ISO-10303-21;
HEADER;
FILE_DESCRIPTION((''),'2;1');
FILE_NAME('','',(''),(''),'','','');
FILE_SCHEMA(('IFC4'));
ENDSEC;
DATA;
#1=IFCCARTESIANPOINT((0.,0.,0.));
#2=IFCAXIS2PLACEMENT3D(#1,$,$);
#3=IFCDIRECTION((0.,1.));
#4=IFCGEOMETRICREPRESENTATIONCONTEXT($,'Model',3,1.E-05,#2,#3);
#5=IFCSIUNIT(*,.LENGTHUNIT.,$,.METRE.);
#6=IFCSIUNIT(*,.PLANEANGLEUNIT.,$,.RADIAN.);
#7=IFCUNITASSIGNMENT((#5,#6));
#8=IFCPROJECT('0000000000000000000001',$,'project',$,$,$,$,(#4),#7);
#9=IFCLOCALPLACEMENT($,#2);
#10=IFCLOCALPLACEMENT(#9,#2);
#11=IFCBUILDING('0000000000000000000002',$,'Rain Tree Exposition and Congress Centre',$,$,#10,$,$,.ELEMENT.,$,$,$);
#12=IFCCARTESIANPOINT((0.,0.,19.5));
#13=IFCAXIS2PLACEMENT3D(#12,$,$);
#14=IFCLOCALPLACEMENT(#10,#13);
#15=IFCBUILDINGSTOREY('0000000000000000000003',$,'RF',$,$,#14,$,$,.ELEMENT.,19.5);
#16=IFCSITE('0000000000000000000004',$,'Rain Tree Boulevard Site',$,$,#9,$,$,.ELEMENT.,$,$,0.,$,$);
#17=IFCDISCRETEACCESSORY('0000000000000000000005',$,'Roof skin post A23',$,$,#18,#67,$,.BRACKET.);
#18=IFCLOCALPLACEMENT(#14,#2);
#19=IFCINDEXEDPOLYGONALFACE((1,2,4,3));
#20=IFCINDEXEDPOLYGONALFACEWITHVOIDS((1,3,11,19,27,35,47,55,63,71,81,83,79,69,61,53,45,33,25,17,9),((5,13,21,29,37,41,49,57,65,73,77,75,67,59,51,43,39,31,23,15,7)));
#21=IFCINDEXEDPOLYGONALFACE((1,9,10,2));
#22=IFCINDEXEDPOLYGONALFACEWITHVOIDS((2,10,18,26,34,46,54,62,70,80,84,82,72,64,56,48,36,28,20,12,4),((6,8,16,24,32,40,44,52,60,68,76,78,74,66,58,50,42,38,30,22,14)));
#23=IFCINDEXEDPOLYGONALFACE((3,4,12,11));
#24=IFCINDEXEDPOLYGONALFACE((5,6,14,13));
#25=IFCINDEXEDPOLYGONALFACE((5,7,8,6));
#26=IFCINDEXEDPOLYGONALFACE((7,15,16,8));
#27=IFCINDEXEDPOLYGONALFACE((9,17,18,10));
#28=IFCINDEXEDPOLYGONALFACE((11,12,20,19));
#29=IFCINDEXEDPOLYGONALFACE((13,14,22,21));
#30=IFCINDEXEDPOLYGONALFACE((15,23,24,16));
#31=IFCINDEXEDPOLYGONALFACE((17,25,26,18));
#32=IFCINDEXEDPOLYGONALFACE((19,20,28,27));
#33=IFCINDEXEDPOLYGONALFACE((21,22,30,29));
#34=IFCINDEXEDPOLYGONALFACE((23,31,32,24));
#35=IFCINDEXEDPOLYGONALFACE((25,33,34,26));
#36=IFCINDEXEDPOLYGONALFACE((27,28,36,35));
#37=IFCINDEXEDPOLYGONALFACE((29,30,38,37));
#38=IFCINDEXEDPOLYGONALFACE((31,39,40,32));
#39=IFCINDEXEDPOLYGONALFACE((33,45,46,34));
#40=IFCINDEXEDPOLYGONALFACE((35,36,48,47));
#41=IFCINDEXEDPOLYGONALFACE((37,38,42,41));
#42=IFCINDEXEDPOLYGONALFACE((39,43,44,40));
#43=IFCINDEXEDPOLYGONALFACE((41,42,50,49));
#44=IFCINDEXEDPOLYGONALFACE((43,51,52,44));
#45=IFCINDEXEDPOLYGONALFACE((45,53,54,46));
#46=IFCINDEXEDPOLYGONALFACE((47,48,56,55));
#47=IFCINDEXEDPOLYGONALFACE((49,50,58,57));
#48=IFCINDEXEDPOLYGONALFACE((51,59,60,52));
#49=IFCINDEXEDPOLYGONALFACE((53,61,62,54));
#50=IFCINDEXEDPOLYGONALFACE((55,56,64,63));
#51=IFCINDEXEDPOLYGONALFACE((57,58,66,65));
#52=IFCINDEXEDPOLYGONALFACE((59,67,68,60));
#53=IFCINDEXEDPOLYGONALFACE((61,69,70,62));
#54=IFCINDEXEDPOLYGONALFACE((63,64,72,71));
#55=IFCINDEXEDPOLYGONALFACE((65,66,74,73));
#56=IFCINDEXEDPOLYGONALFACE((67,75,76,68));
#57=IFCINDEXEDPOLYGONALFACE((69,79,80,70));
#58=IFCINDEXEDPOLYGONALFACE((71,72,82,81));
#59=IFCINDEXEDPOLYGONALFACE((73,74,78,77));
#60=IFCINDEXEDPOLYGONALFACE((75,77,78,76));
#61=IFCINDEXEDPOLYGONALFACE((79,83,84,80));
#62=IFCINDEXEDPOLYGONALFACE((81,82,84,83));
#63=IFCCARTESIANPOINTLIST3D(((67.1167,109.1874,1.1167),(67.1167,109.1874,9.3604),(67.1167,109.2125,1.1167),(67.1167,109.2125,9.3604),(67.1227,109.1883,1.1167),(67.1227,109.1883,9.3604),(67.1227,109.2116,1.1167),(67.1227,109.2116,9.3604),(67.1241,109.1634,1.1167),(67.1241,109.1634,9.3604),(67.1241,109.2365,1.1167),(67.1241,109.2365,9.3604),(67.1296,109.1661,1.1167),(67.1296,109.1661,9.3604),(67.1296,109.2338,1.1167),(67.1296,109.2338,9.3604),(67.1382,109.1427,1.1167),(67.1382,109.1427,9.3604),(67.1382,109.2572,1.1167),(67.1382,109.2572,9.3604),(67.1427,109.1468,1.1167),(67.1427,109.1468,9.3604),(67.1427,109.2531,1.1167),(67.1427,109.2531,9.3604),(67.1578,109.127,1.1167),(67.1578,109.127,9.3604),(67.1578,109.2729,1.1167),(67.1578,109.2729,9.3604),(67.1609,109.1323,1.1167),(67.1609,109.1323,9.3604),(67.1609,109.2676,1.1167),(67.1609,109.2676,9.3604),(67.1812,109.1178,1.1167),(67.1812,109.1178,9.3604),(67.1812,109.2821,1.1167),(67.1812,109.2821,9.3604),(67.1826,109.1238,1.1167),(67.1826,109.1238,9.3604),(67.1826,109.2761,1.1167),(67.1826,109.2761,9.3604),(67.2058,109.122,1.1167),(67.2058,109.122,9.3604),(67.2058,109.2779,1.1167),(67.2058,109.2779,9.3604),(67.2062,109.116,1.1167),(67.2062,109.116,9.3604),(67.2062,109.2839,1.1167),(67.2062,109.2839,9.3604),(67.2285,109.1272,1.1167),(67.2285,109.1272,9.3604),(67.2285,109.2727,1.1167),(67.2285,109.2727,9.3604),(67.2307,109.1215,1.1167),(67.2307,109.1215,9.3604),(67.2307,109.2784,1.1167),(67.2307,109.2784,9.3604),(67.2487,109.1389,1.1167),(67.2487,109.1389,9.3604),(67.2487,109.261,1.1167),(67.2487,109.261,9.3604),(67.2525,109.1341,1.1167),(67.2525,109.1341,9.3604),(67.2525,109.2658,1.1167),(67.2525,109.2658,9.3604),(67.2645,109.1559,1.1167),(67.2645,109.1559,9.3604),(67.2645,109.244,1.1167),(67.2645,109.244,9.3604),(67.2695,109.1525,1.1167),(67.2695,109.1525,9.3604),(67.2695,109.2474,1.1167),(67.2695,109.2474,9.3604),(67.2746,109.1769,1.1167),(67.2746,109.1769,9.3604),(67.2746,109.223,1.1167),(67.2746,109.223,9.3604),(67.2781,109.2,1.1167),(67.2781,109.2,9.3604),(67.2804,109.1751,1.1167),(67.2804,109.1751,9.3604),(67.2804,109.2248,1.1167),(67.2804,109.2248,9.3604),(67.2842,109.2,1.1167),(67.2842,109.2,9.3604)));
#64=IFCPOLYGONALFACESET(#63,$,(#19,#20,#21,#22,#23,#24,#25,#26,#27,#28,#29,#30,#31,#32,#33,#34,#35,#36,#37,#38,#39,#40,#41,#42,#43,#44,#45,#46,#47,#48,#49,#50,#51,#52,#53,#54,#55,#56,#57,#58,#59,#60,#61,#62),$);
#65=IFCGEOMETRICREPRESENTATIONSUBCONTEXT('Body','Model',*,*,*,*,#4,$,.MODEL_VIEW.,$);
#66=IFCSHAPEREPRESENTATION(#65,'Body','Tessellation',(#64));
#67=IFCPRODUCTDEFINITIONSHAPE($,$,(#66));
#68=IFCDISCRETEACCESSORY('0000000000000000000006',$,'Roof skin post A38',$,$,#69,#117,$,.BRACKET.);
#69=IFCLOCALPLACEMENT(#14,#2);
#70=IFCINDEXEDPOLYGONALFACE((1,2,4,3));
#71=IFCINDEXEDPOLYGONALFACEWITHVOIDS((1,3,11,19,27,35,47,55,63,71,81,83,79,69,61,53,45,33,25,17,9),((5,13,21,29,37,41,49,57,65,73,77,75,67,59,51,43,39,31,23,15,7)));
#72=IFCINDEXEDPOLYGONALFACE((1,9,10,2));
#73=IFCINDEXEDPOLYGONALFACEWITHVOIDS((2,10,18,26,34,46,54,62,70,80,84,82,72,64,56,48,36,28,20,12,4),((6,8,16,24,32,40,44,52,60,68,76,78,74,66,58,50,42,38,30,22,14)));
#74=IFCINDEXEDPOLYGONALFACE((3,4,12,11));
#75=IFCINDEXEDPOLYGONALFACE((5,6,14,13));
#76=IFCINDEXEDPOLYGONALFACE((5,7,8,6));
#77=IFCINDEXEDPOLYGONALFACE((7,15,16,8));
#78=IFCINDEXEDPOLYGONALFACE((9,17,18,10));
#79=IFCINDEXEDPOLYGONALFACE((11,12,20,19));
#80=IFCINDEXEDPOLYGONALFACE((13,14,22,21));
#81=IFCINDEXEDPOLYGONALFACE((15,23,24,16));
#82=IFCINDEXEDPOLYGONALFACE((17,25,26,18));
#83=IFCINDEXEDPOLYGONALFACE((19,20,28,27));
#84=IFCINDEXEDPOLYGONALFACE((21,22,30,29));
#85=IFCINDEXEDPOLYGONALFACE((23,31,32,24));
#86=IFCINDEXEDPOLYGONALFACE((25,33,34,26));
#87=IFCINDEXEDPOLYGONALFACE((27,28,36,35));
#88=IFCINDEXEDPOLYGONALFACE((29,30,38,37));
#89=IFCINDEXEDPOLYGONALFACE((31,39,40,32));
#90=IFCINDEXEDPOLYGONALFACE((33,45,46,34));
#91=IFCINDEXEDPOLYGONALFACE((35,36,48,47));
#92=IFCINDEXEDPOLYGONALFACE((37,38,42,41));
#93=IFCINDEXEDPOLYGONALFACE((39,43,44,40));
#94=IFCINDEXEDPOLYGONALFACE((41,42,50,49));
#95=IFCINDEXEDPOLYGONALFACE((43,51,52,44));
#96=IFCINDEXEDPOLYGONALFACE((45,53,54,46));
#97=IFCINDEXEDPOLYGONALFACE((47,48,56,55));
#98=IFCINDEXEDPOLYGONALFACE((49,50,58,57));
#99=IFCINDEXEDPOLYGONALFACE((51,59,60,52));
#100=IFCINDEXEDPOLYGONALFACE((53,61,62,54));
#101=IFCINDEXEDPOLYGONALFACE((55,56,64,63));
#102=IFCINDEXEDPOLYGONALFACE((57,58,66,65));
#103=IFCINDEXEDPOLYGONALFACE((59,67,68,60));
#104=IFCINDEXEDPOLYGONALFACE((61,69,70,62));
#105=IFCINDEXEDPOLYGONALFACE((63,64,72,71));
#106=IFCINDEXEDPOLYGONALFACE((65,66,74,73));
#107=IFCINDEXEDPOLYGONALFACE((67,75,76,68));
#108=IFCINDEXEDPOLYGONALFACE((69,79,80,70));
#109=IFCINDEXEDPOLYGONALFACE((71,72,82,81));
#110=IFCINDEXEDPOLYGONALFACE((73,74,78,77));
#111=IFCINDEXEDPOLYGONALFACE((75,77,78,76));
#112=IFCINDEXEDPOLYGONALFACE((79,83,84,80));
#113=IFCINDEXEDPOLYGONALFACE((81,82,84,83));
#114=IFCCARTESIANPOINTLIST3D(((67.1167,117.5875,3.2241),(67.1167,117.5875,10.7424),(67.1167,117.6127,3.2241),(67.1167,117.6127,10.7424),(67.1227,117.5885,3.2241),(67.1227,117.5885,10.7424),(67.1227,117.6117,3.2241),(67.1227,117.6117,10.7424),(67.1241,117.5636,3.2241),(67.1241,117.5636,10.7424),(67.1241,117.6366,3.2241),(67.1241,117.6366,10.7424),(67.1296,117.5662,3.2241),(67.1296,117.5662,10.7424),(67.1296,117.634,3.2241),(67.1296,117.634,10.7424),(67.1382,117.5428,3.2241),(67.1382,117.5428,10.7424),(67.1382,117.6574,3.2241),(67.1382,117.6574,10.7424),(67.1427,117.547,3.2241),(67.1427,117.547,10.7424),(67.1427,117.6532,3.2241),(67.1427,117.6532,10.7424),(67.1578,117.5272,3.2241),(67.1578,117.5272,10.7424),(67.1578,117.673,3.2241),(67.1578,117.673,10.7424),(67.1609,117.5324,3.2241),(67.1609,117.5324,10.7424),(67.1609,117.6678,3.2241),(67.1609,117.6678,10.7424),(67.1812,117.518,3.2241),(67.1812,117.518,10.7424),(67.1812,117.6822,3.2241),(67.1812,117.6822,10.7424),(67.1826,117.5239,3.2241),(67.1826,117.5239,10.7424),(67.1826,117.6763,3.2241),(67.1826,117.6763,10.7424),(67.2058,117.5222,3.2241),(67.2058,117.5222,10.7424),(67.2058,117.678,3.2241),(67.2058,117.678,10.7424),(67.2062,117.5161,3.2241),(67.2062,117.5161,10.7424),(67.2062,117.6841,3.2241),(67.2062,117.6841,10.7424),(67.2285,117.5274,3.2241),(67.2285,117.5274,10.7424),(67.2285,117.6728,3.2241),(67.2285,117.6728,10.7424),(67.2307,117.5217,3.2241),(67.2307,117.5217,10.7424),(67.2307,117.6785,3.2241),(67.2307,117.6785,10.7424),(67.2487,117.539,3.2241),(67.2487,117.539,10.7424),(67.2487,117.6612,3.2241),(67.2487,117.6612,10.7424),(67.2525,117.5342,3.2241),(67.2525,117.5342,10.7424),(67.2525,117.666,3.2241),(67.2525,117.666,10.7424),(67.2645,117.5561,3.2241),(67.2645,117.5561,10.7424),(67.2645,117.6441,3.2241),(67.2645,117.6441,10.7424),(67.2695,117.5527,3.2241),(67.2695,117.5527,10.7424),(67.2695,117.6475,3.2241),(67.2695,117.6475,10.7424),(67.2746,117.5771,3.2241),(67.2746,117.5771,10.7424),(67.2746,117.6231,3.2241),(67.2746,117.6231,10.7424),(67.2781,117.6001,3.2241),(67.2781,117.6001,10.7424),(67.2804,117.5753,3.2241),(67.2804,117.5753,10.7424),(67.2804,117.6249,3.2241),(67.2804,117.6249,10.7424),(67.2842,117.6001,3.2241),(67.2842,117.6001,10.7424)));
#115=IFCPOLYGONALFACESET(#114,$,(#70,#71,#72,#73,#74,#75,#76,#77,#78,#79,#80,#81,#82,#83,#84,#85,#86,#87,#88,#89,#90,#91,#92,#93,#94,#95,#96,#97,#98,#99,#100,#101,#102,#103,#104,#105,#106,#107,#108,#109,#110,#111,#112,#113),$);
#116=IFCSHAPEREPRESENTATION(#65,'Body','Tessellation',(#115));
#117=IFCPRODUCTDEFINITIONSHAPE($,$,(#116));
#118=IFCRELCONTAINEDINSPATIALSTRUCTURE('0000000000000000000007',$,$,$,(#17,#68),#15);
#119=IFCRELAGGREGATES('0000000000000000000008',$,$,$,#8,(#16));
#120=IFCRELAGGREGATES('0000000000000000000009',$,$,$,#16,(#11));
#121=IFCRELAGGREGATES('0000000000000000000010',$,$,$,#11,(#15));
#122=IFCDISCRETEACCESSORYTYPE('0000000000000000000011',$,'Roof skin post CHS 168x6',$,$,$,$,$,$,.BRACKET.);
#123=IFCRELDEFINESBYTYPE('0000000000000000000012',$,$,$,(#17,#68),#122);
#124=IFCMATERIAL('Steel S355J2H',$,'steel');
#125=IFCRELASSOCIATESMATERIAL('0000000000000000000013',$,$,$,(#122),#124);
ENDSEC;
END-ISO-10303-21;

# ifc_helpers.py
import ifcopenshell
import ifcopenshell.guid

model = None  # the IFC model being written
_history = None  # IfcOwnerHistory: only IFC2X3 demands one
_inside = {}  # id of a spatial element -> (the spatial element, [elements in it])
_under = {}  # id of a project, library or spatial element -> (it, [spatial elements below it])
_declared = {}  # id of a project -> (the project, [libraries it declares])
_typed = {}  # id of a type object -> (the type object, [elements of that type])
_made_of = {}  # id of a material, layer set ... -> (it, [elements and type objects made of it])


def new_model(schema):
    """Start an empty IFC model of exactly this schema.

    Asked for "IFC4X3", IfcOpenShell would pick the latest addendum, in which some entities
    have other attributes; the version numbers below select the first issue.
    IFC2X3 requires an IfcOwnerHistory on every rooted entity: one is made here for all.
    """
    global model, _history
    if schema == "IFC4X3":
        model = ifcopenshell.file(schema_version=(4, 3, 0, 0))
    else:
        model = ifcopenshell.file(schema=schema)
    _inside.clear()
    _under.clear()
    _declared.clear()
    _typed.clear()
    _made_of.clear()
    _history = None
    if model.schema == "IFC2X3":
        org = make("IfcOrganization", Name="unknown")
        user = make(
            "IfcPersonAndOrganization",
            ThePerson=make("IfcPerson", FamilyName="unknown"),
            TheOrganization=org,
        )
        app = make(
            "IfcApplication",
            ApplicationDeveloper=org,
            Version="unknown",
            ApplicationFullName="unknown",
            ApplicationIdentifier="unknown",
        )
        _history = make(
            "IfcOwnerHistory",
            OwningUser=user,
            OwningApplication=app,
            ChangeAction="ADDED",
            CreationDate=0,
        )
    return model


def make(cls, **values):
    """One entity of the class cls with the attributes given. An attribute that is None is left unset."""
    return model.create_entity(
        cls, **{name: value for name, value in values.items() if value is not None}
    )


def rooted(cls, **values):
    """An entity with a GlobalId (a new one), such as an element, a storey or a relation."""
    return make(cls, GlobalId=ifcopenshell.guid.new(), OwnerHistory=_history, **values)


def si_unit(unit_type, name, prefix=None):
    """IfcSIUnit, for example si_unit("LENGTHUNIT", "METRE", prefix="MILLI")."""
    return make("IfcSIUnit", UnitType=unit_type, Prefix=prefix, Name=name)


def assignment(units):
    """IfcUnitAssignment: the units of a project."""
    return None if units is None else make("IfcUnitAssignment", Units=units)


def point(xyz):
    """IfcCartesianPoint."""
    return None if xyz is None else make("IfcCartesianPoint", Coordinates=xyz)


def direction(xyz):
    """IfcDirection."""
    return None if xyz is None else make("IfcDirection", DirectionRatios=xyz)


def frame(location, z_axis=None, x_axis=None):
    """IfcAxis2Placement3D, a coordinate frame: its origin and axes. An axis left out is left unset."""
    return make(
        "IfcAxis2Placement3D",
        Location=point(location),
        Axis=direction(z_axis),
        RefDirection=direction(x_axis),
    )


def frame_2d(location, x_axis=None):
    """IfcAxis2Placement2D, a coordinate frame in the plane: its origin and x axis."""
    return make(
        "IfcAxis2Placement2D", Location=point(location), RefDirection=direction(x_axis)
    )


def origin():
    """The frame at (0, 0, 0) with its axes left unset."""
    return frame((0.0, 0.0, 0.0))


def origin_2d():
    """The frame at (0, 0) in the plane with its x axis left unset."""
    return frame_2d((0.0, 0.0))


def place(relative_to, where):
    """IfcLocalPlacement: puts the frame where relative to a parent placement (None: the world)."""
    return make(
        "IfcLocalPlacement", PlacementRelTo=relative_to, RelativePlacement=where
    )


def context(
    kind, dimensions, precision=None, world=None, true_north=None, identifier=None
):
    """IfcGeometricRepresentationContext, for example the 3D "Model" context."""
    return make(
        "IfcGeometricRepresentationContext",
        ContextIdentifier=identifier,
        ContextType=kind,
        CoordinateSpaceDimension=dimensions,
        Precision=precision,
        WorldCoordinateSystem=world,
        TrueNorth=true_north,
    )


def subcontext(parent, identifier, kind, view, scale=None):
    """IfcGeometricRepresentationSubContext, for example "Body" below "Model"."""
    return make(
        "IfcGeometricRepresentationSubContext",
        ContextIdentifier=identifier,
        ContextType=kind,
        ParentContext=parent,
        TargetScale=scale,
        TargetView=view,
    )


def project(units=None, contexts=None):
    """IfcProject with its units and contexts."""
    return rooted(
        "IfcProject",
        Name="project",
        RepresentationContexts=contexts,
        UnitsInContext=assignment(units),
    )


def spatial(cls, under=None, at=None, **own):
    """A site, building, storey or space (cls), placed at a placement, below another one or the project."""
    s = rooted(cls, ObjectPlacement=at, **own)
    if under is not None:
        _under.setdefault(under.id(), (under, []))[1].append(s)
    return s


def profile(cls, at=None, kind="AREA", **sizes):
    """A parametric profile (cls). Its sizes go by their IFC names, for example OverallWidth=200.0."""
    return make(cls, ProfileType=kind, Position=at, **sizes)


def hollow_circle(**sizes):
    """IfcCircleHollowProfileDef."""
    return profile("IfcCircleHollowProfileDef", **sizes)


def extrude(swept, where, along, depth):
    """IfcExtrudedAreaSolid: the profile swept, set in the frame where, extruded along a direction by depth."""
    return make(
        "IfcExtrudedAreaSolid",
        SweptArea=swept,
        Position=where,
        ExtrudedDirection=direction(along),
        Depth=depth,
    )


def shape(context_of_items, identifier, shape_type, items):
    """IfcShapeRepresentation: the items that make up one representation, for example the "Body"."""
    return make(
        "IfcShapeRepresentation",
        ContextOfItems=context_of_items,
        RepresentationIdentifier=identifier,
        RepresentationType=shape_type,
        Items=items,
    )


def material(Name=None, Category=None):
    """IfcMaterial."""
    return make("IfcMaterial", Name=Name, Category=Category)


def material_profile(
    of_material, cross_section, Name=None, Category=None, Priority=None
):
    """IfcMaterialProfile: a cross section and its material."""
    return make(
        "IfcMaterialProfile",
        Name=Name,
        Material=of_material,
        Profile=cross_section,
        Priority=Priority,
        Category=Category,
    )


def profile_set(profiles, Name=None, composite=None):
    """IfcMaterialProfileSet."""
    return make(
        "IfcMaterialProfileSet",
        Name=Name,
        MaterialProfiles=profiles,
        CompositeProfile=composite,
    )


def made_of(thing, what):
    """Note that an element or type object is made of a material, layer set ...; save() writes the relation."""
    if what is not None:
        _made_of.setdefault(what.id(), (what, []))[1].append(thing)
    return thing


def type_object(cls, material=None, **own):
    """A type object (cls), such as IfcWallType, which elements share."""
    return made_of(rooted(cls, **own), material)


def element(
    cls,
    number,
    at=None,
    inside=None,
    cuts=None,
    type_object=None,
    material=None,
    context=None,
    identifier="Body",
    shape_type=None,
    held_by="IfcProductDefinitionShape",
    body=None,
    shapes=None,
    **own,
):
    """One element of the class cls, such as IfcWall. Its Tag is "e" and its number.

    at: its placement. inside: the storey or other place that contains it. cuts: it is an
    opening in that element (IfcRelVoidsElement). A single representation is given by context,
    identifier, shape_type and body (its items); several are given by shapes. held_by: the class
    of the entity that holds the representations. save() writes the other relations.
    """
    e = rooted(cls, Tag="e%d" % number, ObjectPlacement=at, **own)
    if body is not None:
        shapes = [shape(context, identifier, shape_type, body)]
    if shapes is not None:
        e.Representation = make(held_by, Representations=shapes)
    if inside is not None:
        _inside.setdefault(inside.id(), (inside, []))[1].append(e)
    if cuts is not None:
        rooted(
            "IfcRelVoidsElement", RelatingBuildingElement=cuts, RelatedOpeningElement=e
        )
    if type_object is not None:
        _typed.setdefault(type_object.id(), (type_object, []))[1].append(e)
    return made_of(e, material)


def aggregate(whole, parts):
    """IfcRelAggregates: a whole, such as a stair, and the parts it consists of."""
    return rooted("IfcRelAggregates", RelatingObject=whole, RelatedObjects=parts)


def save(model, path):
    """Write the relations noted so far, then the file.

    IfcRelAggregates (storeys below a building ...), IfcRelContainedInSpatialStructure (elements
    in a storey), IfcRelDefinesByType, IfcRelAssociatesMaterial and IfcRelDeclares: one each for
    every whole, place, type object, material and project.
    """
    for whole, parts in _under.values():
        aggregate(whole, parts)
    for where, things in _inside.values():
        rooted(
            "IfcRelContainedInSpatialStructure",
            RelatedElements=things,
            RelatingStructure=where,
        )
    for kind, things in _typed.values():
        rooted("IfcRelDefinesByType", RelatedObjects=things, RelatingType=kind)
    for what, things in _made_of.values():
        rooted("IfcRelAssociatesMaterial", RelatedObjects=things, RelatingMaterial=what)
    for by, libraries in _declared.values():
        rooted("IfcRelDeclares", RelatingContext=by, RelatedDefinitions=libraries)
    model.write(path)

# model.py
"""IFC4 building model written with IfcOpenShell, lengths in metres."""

from ifc_helpers import new_model, si_unit, direction, frame, origin, origin_2d, place, context, subcontext, project, spatial, hollow_circle, extrude, material, material_profile, profile_set, type_object, element, save


model = new_model("IFC4")

# Units and contexts
model_context = context("Model", 3, precision=1e-05, world=origin(), true_north=direction((0.0, 1.0)))
body_context = subcontext(model_context, "Body", "Model", "MODEL_VIEW")
ifc_project = project(units=[si_unit("LENGTHUNIT", "METRE"), si_unit("PLANEANGLEUNIT", "RADIAN")], contexts=[model_context])

# Site, building, storey
site_placement = place(None, origin())
site = spatial("IfcSite", under=ifc_project, at=site_placement, Name="Rain Tree Boulevard Site", CompositionType="ELEMENT", RefElevation=0.0)
building_placement = place(site_placement, origin())
building = spatial("IfcBuilding", under=site, at=building_placement, Name="Rain Tree Exposition and Congress Centre", CompositionType="ELEMENT")
storey_placement = place(building_placement, frame((0.0, 0.0, 19.5)))
storey = spatial("IfcBuildingStorey", under=building, at=storey_placement, Name="RF", CompositionType="ELEMENT", Elevation=19.5)

# Discrete accessories
ifc_material_1 = material(Name="Steel S355J2H", Category="steel")
ifc_material_profile_1 = material_profile(ifc_material_1, hollow_circle(Radius=0.0842, WallThickness=0.0061, at=origin_2d()), Name="CHS 168x6")
ifc_profile_set_1 = profile_set([ifc_material_profile_1], Name="Steel S355J2H")
discrete_accessory_type_1 = type_object("IfcDiscreteAccessoryType", Name="Roof skin post CHS 168x6", PredefinedType="BRACKET", material=ifc_profile_set_1)
discrete_accessory_1_placement = place(storey_placement, frame((67.2, 109.2, 1.1167), z_axis=(0.0, 0.0, 1.0), x_axis=(1.0, 0.0, 0.0)))
element("IfcDiscreteAccessory", 1, at=discrete_accessory_1_placement, inside=storey, type_object=discrete_accessory_type_1, Name="Roof skin post A23", PredefinedType="BRACKET", context=body_context, shape_type="SweptSolid", body=[
    extrude(hollow_circle(Radius=0.0842, WallThickness=0.0061, at=origin_2d()), origin(), (0.0, 0.0, 1.0), 8.2437),
])
discrete_accessory_2_placement = place(storey_placement, frame((67.2, 117.6001, 3.2241), z_axis=(0.0, 0.0, 1.0), x_axis=(1.0, 0.0, 0.0)))
element("IfcDiscreteAccessory", 2, at=discrete_accessory_2_placement, inside=storey, type_object=discrete_accessory_type_1, Name="Roof skin post A38", PredefinedType="BRACKET", context=body_context, shape_type="SweptSolid", body=[
    extrude(hollow_circle(Radius=0.0842, WallThickness=0.0061, at=origin_2d()), origin(), (0.0, 0.0, 1.0), 7.5183),
])

save(model, "model.ifc")
